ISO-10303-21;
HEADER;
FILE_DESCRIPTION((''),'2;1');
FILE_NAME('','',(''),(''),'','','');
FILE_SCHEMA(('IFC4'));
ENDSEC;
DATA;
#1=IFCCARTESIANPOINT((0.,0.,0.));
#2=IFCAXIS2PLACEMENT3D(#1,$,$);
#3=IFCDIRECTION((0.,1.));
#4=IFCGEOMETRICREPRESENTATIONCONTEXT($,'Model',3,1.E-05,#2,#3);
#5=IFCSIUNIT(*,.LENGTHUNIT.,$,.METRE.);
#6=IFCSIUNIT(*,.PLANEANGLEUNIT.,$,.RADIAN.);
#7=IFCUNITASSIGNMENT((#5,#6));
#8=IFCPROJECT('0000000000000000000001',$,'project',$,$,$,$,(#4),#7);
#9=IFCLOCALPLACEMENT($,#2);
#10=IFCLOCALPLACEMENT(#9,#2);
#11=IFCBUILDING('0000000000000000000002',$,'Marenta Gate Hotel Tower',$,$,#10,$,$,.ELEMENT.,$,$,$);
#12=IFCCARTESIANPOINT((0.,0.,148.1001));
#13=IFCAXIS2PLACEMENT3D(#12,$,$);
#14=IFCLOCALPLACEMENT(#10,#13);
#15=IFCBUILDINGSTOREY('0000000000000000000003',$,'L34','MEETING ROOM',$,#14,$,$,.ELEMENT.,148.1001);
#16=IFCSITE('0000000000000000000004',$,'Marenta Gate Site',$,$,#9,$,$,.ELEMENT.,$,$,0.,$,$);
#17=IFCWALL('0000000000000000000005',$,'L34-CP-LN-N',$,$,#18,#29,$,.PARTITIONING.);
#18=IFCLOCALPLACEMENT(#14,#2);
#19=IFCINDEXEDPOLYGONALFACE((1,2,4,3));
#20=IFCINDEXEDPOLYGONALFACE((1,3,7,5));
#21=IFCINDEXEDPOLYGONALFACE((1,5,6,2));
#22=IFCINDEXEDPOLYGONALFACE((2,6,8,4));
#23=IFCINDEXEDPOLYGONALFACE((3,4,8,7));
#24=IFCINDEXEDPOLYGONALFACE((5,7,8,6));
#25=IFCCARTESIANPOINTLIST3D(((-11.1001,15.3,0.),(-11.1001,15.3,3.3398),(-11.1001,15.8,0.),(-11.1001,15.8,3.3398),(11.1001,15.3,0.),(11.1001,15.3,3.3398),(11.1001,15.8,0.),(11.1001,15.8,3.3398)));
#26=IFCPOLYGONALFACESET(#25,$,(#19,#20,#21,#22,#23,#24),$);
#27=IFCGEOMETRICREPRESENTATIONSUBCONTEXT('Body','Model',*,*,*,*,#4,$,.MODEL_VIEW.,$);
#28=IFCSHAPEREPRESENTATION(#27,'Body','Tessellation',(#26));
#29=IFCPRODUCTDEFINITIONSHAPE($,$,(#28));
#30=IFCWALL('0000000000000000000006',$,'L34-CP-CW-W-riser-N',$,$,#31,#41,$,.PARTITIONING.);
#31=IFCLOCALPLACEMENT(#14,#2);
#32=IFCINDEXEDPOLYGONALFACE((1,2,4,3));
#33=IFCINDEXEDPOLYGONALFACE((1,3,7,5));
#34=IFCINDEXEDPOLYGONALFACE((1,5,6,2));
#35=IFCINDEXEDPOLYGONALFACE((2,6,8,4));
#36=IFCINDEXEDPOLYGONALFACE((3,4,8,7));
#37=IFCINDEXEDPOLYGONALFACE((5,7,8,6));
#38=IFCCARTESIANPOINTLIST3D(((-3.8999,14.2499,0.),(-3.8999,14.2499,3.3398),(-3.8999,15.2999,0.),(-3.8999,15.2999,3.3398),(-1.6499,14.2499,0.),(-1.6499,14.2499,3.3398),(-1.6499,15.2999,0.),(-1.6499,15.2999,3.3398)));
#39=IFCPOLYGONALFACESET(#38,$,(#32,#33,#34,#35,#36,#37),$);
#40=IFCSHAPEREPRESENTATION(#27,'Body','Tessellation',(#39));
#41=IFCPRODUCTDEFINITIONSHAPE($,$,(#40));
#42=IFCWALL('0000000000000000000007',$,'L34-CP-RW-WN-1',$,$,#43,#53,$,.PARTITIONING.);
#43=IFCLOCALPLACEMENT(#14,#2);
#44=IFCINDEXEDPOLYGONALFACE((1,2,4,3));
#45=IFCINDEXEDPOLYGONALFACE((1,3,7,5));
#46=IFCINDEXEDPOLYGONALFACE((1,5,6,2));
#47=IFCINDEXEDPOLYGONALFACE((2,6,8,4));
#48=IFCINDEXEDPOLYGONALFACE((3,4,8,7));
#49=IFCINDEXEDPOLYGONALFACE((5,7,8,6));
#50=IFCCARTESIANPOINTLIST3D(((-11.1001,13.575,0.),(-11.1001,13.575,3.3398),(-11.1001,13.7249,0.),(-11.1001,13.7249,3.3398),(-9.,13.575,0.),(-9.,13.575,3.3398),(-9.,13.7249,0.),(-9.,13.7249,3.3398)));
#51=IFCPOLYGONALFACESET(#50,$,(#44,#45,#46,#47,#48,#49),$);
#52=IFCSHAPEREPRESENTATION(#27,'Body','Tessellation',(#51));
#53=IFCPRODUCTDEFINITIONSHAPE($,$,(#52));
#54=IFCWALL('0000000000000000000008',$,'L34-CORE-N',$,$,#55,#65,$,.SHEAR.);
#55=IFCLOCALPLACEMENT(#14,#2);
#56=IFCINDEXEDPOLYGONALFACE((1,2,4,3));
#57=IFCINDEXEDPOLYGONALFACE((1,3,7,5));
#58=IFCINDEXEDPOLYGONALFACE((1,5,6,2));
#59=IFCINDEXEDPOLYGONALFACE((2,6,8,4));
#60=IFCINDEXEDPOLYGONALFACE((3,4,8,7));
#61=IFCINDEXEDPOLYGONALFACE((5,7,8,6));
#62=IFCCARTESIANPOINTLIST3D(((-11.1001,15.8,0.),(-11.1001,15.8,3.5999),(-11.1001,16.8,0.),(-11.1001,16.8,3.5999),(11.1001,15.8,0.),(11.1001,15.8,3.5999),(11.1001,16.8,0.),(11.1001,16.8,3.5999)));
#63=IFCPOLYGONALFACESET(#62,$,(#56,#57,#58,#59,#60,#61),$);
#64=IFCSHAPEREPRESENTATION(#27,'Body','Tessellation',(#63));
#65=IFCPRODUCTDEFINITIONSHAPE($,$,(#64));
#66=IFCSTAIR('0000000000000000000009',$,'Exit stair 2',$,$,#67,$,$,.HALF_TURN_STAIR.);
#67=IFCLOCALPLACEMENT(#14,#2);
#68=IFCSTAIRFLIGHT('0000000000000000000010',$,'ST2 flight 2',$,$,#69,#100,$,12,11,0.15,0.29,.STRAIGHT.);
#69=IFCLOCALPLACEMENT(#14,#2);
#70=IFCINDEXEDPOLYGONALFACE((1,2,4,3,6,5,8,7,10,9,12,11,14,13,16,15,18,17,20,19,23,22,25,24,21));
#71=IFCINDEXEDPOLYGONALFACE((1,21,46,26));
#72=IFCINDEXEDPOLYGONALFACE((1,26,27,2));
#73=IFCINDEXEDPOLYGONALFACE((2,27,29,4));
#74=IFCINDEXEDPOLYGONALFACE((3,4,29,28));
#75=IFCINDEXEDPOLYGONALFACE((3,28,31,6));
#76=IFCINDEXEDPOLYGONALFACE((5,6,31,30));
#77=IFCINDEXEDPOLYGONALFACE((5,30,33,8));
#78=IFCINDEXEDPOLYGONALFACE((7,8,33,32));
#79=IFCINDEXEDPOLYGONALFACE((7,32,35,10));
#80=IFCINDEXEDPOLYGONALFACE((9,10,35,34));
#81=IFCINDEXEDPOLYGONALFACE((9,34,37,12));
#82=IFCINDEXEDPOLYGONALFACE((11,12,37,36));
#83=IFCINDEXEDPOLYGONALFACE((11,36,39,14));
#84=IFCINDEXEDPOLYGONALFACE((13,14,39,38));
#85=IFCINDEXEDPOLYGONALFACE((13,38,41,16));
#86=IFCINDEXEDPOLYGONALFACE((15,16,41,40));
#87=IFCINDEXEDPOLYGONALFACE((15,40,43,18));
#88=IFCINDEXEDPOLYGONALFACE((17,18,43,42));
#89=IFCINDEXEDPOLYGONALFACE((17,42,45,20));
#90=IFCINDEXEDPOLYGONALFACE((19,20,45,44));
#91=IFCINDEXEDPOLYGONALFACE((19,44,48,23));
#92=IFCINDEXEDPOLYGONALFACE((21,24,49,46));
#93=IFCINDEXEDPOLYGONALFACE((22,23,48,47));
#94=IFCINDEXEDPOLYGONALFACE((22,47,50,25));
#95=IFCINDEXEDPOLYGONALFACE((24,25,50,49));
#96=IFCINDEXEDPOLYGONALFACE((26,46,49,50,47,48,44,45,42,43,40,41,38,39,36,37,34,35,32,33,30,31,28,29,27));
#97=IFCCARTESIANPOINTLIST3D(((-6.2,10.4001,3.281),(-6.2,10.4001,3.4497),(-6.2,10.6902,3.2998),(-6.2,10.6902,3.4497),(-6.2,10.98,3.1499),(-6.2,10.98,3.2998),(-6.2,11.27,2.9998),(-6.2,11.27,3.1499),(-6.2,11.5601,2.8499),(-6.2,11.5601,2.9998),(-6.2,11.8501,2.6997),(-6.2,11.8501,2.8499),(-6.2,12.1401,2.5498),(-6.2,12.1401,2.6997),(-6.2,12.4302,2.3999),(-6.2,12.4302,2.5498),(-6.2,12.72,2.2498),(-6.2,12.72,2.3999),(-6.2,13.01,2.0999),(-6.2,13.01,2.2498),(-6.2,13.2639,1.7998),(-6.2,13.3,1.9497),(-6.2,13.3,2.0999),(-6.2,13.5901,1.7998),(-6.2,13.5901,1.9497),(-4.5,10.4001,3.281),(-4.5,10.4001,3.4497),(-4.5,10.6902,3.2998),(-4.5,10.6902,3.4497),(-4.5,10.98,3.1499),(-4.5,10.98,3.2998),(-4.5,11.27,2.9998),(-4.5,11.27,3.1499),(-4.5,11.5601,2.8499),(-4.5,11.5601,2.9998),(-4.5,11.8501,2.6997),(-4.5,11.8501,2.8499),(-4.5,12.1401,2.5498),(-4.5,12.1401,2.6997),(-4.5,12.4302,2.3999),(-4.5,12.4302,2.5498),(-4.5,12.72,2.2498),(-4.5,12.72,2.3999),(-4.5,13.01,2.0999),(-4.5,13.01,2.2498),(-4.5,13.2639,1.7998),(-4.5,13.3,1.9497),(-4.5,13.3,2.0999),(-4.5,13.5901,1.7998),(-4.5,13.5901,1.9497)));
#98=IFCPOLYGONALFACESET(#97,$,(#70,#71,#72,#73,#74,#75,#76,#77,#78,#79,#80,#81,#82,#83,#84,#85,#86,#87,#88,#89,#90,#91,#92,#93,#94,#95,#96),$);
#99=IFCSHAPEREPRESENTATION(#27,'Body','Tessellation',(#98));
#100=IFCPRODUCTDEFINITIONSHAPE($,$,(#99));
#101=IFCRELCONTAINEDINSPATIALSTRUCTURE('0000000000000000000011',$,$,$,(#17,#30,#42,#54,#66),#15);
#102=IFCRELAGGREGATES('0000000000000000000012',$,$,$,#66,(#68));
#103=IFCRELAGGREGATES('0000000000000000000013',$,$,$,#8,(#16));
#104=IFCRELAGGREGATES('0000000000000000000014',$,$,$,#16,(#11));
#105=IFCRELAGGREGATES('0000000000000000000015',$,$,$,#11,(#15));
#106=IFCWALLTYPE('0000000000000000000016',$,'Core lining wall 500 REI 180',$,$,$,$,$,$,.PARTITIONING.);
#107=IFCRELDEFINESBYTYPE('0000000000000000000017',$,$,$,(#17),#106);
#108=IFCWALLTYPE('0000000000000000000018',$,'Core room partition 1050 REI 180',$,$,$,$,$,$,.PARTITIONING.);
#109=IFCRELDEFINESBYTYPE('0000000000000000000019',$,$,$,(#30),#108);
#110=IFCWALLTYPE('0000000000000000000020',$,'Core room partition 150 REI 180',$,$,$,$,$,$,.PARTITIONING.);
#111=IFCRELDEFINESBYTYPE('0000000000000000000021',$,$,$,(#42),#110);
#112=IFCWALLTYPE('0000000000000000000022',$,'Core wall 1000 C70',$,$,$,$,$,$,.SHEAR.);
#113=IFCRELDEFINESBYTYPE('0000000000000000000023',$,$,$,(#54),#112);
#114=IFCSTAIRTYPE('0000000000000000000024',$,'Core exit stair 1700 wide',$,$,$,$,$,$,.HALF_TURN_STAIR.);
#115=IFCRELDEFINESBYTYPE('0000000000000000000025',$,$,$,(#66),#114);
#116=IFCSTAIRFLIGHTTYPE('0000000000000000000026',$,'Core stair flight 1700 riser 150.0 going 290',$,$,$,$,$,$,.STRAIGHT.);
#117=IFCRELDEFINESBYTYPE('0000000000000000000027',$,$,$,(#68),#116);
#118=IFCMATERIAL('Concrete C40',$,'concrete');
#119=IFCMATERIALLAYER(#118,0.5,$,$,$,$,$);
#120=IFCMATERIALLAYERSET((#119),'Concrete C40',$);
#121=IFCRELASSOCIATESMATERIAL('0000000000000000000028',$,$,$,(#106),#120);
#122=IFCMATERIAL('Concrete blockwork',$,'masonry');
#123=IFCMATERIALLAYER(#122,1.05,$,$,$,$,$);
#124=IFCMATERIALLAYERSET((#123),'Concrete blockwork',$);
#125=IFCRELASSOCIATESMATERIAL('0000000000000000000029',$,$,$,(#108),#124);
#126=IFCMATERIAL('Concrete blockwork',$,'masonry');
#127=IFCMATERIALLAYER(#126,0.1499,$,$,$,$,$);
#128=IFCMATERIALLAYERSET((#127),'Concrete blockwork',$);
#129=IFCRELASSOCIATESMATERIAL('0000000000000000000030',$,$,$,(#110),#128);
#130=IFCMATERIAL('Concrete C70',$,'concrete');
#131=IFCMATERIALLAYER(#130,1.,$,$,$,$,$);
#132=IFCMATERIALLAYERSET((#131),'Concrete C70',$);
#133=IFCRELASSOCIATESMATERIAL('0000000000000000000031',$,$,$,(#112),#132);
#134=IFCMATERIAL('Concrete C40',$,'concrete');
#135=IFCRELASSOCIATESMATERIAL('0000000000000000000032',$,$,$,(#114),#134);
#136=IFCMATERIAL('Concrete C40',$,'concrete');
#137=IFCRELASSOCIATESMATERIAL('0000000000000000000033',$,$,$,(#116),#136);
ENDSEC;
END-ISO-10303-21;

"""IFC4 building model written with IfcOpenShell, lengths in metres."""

from ifc_helpers import new_model, si_unit, direction, frame, frame_2d, origin, place, context, subcontext, project, spatial, polyline, rectangle, outline, extrude, material, layer, layer_set, type_object, element, aggregate, save


model = new_model("IFC4")

# Units and contexts
model_context = context("Model", 3, precision=1e-05, world=origin(), true_north=direction((0.0, 1.0)))
body_context = subcontext(model_context, "Body", "Model", "MODEL_VIEW")
ifc_project = project(units=[si_unit("LENGTHUNIT", "METRE"), si_unit("PLANEANGLEUNIT", "RADIAN")], contexts=[model_context])

# Site, building, storey
site_placement = place(None, origin())
site = spatial("IfcSite", under=ifc_project, at=site_placement, Name="Marenta Gate Site", CompositionType="ELEMENT", RefElevation=0.0)
building_placement = place(site_placement, origin())
building = spatial("IfcBuilding", under=site, at=building_placement, Name="Marenta Gate Hotel Tower", CompositionType="ELEMENT")
storey_placement = place(building_placement, frame((0.0, 0.0, 148.1001)))
storey = spatial("IfcBuildingStorey", under=building, at=storey_placement, Name="L34", Description="MEETING ROOM", CompositionType="ELEMENT", Elevation=148.1001)

# Walls
ifc_material_1 = material(Name="Concrete C40", Category="concrete")
ifc_layer_1 = layer(ifc_material_1, 0.5)
ifc_layer_set_1 = layer_set([ifc_layer_1], Name="Concrete C40")
wall_type_1 = type_object("IfcWallType", Name="Core lining wall 500 REI 180", PredefinedType="PARTITIONING", material=ifc_layer_set_1)
wall_1_placement = place(storey_placement, frame((-11.1001, 15.55, 0.0), z_axis=(0.0, 0.0, 1.0), x_axis=(1.0, 0.0, 0.0)))
element("IfcWall", 1, at=wall_1_placement, inside=storey, type_object=wall_type_1, Name="L34-CP-LN-N", PredefinedType="PARTITIONING", context=body_context, shape_type="SweptSolid", body=[
    extrude(rectangle(XDim=22.2002, YDim=0.5, at=frame_2d((11.1001, 0.0))), origin(), (0.0, 0.0, 1.0), 3.3398),
])
ifc_material_2 = material(Name="Concrete blockwork", Category="masonry")
ifc_layer_2 = layer(ifc_material_2, 1.05)
ifc_layer_set_2 = layer_set([ifc_layer_2], Name="Concrete blockwork")
wall_type_2 = type_object("IfcWallType", Name="Core room partition 1050 REI 180", PredefinedType="PARTITIONING", material=ifc_layer_set_2)
wall_2_placement = place(storey_placement, frame((-3.8999, 14.7749, 0.0), z_axis=(0.0, 0.0, 1.0), x_axis=(1.0, 0.0, 0.0)))
element("IfcWall", 2, at=wall_2_placement, inside=storey, type_object=wall_type_2, Name="L34-CP-CW-W-riser-N", PredefinedType="PARTITIONING", context=body_context, shape_type="SweptSolid", body=[
    extrude(rectangle(XDim=2.25, YDim=1.05, at=frame_2d((1.125, 0.0))), origin(), (0.0, 0.0, 1.0), 3.3398),
])
ifc_material_3 = material(Name="Concrete blockwork", Category="masonry")
ifc_layer_3 = layer(ifc_material_3, 0.1499)
ifc_layer_set_3 = layer_set([ifc_layer_3], Name="Concrete blockwork")
wall_type_3 = type_object("IfcWallType", Name="Core room partition 150 REI 180", PredefinedType="PARTITIONING", material=ifc_layer_set_3)
wall_3_placement = place(storey_placement, frame((-11.1001, 13.6499, 0.0), z_axis=(0.0, 0.0, 1.0), x_axis=(1.0, 0.0, 0.0)))
element("IfcWall", 3, at=wall_3_placement, inside=storey, type_object=wall_type_3, Name="L34-CP-RW-WN-1", PredefinedType="PARTITIONING", context=body_context, shape_type="SweptSolid", body=[
    extrude(rectangle(XDim=2.1001, YDim=0.1499, at=frame_2d((1.05, 0.0))), origin(), (0.0, 0.0, 1.0), 3.3398),
])
ifc_material_4 = material(Name="Concrete C70", Category="concrete")
ifc_layer_4 = layer(ifc_material_4, 1.0)
ifc_layer_set_4 = layer_set([ifc_layer_4], Name="Concrete C70")
wall_type_4 = type_object("IfcWallType", Name="Core wall 1000 C70", PredefinedType="SHEAR", material=ifc_layer_set_4)
wall_4_placement = place(storey_placement, frame((-11.1001, 16.3, 0.0), z_axis=(0.0, 0.0, 1.0), x_axis=(1.0, 0.0, 0.0)))
element("IfcWall", 4, at=wall_4_placement, inside=storey, type_object=wall_type_4, Name="L34-CORE-N", PredefinedType="SHEAR", context=body_context, shape_type="SweptSolid", body=[
    extrude(rectangle(XDim=22.2002, YDim=1.0, at=frame_2d((11.1001, 0.0))), origin(), (0.0, 0.0, 1.0), 3.5999),
])

# Stair, stair flight
ifc_material_5 = material(Name="Concrete C40", Category="concrete")
stair_type = type_object("IfcStairType", Name="Core exit stair 1700 wide", PredefinedType="HALF_TURN_STAIR", material=ifc_material_5)
stair_placement = place(storey_placement, origin())
stair = element("IfcStair", 5, at=stair_placement, inside=storey, type_object=stair_type, Name="Exit stair 2", PredefinedType="HALF_TURN_STAIR")
ifc_material_6 = material(Name="Concrete C40", Category="concrete")
stair_flight_type = type_object("IfcStairFlightType", Name="Core stair flight 1700 riser 150.0 going 290", PredefinedType="STRAIGHT", material=ifc_material_6)
stair_flight_placement = place(storey_placement, frame((-5.3501, 13.5901, 1.7998), z_axis=(0.0, 0.0, 1.0), x_axis=(0.0, -1.0, 0.0)))
stair_flight = element("IfcStairFlight", 6, at=stair_flight_placement, type_object=stair_flight_type, Name="ST2 flight 2", NumberOfRisers=12, NumberOfTreads=11, PredefinedType="STRAIGHT", RiserHeight=0.15, TreadLength=0.29, context=body_context, shape_type="SweptSolid", body=[
    extrude(outline(polyline([(0.0, 0.0), (0.0, 0.1499), (0.29, 0.1499), (0.29, 0.3), (0.5801, 0.3), (0.5801, 0.45), (0.8701, 0.45), (0.8701, 0.6001), (1.1599, 0.6001), (1.1599, 0.75), (1.45, 0.75), (1.45, 0.8999), (1.74, 0.8999), (1.74, 1.05), (2.03, 1.05), (2.03, 1.2), (2.3201, 1.2), (2.3201, 1.3501), (2.6101, 1.3501), (2.6101, 1.5), (2.8999, 1.5), (2.8999, 1.6499), (3.1899, 1.6499), (3.1899, 1.8), (3.1899, 1.4812), (0.3262, 0.0), (0.0, 0.0)])), frame((0.0, 0.8501, 0.0), z_axis=(0.0, -1.0, 0.0), x_axis=(1.0, 0.0, 0.0)), (0.0, 0.0, 1.0), 1.7),
])
aggregate(stair, [stair_flight])

save(model, "model.ifc")
